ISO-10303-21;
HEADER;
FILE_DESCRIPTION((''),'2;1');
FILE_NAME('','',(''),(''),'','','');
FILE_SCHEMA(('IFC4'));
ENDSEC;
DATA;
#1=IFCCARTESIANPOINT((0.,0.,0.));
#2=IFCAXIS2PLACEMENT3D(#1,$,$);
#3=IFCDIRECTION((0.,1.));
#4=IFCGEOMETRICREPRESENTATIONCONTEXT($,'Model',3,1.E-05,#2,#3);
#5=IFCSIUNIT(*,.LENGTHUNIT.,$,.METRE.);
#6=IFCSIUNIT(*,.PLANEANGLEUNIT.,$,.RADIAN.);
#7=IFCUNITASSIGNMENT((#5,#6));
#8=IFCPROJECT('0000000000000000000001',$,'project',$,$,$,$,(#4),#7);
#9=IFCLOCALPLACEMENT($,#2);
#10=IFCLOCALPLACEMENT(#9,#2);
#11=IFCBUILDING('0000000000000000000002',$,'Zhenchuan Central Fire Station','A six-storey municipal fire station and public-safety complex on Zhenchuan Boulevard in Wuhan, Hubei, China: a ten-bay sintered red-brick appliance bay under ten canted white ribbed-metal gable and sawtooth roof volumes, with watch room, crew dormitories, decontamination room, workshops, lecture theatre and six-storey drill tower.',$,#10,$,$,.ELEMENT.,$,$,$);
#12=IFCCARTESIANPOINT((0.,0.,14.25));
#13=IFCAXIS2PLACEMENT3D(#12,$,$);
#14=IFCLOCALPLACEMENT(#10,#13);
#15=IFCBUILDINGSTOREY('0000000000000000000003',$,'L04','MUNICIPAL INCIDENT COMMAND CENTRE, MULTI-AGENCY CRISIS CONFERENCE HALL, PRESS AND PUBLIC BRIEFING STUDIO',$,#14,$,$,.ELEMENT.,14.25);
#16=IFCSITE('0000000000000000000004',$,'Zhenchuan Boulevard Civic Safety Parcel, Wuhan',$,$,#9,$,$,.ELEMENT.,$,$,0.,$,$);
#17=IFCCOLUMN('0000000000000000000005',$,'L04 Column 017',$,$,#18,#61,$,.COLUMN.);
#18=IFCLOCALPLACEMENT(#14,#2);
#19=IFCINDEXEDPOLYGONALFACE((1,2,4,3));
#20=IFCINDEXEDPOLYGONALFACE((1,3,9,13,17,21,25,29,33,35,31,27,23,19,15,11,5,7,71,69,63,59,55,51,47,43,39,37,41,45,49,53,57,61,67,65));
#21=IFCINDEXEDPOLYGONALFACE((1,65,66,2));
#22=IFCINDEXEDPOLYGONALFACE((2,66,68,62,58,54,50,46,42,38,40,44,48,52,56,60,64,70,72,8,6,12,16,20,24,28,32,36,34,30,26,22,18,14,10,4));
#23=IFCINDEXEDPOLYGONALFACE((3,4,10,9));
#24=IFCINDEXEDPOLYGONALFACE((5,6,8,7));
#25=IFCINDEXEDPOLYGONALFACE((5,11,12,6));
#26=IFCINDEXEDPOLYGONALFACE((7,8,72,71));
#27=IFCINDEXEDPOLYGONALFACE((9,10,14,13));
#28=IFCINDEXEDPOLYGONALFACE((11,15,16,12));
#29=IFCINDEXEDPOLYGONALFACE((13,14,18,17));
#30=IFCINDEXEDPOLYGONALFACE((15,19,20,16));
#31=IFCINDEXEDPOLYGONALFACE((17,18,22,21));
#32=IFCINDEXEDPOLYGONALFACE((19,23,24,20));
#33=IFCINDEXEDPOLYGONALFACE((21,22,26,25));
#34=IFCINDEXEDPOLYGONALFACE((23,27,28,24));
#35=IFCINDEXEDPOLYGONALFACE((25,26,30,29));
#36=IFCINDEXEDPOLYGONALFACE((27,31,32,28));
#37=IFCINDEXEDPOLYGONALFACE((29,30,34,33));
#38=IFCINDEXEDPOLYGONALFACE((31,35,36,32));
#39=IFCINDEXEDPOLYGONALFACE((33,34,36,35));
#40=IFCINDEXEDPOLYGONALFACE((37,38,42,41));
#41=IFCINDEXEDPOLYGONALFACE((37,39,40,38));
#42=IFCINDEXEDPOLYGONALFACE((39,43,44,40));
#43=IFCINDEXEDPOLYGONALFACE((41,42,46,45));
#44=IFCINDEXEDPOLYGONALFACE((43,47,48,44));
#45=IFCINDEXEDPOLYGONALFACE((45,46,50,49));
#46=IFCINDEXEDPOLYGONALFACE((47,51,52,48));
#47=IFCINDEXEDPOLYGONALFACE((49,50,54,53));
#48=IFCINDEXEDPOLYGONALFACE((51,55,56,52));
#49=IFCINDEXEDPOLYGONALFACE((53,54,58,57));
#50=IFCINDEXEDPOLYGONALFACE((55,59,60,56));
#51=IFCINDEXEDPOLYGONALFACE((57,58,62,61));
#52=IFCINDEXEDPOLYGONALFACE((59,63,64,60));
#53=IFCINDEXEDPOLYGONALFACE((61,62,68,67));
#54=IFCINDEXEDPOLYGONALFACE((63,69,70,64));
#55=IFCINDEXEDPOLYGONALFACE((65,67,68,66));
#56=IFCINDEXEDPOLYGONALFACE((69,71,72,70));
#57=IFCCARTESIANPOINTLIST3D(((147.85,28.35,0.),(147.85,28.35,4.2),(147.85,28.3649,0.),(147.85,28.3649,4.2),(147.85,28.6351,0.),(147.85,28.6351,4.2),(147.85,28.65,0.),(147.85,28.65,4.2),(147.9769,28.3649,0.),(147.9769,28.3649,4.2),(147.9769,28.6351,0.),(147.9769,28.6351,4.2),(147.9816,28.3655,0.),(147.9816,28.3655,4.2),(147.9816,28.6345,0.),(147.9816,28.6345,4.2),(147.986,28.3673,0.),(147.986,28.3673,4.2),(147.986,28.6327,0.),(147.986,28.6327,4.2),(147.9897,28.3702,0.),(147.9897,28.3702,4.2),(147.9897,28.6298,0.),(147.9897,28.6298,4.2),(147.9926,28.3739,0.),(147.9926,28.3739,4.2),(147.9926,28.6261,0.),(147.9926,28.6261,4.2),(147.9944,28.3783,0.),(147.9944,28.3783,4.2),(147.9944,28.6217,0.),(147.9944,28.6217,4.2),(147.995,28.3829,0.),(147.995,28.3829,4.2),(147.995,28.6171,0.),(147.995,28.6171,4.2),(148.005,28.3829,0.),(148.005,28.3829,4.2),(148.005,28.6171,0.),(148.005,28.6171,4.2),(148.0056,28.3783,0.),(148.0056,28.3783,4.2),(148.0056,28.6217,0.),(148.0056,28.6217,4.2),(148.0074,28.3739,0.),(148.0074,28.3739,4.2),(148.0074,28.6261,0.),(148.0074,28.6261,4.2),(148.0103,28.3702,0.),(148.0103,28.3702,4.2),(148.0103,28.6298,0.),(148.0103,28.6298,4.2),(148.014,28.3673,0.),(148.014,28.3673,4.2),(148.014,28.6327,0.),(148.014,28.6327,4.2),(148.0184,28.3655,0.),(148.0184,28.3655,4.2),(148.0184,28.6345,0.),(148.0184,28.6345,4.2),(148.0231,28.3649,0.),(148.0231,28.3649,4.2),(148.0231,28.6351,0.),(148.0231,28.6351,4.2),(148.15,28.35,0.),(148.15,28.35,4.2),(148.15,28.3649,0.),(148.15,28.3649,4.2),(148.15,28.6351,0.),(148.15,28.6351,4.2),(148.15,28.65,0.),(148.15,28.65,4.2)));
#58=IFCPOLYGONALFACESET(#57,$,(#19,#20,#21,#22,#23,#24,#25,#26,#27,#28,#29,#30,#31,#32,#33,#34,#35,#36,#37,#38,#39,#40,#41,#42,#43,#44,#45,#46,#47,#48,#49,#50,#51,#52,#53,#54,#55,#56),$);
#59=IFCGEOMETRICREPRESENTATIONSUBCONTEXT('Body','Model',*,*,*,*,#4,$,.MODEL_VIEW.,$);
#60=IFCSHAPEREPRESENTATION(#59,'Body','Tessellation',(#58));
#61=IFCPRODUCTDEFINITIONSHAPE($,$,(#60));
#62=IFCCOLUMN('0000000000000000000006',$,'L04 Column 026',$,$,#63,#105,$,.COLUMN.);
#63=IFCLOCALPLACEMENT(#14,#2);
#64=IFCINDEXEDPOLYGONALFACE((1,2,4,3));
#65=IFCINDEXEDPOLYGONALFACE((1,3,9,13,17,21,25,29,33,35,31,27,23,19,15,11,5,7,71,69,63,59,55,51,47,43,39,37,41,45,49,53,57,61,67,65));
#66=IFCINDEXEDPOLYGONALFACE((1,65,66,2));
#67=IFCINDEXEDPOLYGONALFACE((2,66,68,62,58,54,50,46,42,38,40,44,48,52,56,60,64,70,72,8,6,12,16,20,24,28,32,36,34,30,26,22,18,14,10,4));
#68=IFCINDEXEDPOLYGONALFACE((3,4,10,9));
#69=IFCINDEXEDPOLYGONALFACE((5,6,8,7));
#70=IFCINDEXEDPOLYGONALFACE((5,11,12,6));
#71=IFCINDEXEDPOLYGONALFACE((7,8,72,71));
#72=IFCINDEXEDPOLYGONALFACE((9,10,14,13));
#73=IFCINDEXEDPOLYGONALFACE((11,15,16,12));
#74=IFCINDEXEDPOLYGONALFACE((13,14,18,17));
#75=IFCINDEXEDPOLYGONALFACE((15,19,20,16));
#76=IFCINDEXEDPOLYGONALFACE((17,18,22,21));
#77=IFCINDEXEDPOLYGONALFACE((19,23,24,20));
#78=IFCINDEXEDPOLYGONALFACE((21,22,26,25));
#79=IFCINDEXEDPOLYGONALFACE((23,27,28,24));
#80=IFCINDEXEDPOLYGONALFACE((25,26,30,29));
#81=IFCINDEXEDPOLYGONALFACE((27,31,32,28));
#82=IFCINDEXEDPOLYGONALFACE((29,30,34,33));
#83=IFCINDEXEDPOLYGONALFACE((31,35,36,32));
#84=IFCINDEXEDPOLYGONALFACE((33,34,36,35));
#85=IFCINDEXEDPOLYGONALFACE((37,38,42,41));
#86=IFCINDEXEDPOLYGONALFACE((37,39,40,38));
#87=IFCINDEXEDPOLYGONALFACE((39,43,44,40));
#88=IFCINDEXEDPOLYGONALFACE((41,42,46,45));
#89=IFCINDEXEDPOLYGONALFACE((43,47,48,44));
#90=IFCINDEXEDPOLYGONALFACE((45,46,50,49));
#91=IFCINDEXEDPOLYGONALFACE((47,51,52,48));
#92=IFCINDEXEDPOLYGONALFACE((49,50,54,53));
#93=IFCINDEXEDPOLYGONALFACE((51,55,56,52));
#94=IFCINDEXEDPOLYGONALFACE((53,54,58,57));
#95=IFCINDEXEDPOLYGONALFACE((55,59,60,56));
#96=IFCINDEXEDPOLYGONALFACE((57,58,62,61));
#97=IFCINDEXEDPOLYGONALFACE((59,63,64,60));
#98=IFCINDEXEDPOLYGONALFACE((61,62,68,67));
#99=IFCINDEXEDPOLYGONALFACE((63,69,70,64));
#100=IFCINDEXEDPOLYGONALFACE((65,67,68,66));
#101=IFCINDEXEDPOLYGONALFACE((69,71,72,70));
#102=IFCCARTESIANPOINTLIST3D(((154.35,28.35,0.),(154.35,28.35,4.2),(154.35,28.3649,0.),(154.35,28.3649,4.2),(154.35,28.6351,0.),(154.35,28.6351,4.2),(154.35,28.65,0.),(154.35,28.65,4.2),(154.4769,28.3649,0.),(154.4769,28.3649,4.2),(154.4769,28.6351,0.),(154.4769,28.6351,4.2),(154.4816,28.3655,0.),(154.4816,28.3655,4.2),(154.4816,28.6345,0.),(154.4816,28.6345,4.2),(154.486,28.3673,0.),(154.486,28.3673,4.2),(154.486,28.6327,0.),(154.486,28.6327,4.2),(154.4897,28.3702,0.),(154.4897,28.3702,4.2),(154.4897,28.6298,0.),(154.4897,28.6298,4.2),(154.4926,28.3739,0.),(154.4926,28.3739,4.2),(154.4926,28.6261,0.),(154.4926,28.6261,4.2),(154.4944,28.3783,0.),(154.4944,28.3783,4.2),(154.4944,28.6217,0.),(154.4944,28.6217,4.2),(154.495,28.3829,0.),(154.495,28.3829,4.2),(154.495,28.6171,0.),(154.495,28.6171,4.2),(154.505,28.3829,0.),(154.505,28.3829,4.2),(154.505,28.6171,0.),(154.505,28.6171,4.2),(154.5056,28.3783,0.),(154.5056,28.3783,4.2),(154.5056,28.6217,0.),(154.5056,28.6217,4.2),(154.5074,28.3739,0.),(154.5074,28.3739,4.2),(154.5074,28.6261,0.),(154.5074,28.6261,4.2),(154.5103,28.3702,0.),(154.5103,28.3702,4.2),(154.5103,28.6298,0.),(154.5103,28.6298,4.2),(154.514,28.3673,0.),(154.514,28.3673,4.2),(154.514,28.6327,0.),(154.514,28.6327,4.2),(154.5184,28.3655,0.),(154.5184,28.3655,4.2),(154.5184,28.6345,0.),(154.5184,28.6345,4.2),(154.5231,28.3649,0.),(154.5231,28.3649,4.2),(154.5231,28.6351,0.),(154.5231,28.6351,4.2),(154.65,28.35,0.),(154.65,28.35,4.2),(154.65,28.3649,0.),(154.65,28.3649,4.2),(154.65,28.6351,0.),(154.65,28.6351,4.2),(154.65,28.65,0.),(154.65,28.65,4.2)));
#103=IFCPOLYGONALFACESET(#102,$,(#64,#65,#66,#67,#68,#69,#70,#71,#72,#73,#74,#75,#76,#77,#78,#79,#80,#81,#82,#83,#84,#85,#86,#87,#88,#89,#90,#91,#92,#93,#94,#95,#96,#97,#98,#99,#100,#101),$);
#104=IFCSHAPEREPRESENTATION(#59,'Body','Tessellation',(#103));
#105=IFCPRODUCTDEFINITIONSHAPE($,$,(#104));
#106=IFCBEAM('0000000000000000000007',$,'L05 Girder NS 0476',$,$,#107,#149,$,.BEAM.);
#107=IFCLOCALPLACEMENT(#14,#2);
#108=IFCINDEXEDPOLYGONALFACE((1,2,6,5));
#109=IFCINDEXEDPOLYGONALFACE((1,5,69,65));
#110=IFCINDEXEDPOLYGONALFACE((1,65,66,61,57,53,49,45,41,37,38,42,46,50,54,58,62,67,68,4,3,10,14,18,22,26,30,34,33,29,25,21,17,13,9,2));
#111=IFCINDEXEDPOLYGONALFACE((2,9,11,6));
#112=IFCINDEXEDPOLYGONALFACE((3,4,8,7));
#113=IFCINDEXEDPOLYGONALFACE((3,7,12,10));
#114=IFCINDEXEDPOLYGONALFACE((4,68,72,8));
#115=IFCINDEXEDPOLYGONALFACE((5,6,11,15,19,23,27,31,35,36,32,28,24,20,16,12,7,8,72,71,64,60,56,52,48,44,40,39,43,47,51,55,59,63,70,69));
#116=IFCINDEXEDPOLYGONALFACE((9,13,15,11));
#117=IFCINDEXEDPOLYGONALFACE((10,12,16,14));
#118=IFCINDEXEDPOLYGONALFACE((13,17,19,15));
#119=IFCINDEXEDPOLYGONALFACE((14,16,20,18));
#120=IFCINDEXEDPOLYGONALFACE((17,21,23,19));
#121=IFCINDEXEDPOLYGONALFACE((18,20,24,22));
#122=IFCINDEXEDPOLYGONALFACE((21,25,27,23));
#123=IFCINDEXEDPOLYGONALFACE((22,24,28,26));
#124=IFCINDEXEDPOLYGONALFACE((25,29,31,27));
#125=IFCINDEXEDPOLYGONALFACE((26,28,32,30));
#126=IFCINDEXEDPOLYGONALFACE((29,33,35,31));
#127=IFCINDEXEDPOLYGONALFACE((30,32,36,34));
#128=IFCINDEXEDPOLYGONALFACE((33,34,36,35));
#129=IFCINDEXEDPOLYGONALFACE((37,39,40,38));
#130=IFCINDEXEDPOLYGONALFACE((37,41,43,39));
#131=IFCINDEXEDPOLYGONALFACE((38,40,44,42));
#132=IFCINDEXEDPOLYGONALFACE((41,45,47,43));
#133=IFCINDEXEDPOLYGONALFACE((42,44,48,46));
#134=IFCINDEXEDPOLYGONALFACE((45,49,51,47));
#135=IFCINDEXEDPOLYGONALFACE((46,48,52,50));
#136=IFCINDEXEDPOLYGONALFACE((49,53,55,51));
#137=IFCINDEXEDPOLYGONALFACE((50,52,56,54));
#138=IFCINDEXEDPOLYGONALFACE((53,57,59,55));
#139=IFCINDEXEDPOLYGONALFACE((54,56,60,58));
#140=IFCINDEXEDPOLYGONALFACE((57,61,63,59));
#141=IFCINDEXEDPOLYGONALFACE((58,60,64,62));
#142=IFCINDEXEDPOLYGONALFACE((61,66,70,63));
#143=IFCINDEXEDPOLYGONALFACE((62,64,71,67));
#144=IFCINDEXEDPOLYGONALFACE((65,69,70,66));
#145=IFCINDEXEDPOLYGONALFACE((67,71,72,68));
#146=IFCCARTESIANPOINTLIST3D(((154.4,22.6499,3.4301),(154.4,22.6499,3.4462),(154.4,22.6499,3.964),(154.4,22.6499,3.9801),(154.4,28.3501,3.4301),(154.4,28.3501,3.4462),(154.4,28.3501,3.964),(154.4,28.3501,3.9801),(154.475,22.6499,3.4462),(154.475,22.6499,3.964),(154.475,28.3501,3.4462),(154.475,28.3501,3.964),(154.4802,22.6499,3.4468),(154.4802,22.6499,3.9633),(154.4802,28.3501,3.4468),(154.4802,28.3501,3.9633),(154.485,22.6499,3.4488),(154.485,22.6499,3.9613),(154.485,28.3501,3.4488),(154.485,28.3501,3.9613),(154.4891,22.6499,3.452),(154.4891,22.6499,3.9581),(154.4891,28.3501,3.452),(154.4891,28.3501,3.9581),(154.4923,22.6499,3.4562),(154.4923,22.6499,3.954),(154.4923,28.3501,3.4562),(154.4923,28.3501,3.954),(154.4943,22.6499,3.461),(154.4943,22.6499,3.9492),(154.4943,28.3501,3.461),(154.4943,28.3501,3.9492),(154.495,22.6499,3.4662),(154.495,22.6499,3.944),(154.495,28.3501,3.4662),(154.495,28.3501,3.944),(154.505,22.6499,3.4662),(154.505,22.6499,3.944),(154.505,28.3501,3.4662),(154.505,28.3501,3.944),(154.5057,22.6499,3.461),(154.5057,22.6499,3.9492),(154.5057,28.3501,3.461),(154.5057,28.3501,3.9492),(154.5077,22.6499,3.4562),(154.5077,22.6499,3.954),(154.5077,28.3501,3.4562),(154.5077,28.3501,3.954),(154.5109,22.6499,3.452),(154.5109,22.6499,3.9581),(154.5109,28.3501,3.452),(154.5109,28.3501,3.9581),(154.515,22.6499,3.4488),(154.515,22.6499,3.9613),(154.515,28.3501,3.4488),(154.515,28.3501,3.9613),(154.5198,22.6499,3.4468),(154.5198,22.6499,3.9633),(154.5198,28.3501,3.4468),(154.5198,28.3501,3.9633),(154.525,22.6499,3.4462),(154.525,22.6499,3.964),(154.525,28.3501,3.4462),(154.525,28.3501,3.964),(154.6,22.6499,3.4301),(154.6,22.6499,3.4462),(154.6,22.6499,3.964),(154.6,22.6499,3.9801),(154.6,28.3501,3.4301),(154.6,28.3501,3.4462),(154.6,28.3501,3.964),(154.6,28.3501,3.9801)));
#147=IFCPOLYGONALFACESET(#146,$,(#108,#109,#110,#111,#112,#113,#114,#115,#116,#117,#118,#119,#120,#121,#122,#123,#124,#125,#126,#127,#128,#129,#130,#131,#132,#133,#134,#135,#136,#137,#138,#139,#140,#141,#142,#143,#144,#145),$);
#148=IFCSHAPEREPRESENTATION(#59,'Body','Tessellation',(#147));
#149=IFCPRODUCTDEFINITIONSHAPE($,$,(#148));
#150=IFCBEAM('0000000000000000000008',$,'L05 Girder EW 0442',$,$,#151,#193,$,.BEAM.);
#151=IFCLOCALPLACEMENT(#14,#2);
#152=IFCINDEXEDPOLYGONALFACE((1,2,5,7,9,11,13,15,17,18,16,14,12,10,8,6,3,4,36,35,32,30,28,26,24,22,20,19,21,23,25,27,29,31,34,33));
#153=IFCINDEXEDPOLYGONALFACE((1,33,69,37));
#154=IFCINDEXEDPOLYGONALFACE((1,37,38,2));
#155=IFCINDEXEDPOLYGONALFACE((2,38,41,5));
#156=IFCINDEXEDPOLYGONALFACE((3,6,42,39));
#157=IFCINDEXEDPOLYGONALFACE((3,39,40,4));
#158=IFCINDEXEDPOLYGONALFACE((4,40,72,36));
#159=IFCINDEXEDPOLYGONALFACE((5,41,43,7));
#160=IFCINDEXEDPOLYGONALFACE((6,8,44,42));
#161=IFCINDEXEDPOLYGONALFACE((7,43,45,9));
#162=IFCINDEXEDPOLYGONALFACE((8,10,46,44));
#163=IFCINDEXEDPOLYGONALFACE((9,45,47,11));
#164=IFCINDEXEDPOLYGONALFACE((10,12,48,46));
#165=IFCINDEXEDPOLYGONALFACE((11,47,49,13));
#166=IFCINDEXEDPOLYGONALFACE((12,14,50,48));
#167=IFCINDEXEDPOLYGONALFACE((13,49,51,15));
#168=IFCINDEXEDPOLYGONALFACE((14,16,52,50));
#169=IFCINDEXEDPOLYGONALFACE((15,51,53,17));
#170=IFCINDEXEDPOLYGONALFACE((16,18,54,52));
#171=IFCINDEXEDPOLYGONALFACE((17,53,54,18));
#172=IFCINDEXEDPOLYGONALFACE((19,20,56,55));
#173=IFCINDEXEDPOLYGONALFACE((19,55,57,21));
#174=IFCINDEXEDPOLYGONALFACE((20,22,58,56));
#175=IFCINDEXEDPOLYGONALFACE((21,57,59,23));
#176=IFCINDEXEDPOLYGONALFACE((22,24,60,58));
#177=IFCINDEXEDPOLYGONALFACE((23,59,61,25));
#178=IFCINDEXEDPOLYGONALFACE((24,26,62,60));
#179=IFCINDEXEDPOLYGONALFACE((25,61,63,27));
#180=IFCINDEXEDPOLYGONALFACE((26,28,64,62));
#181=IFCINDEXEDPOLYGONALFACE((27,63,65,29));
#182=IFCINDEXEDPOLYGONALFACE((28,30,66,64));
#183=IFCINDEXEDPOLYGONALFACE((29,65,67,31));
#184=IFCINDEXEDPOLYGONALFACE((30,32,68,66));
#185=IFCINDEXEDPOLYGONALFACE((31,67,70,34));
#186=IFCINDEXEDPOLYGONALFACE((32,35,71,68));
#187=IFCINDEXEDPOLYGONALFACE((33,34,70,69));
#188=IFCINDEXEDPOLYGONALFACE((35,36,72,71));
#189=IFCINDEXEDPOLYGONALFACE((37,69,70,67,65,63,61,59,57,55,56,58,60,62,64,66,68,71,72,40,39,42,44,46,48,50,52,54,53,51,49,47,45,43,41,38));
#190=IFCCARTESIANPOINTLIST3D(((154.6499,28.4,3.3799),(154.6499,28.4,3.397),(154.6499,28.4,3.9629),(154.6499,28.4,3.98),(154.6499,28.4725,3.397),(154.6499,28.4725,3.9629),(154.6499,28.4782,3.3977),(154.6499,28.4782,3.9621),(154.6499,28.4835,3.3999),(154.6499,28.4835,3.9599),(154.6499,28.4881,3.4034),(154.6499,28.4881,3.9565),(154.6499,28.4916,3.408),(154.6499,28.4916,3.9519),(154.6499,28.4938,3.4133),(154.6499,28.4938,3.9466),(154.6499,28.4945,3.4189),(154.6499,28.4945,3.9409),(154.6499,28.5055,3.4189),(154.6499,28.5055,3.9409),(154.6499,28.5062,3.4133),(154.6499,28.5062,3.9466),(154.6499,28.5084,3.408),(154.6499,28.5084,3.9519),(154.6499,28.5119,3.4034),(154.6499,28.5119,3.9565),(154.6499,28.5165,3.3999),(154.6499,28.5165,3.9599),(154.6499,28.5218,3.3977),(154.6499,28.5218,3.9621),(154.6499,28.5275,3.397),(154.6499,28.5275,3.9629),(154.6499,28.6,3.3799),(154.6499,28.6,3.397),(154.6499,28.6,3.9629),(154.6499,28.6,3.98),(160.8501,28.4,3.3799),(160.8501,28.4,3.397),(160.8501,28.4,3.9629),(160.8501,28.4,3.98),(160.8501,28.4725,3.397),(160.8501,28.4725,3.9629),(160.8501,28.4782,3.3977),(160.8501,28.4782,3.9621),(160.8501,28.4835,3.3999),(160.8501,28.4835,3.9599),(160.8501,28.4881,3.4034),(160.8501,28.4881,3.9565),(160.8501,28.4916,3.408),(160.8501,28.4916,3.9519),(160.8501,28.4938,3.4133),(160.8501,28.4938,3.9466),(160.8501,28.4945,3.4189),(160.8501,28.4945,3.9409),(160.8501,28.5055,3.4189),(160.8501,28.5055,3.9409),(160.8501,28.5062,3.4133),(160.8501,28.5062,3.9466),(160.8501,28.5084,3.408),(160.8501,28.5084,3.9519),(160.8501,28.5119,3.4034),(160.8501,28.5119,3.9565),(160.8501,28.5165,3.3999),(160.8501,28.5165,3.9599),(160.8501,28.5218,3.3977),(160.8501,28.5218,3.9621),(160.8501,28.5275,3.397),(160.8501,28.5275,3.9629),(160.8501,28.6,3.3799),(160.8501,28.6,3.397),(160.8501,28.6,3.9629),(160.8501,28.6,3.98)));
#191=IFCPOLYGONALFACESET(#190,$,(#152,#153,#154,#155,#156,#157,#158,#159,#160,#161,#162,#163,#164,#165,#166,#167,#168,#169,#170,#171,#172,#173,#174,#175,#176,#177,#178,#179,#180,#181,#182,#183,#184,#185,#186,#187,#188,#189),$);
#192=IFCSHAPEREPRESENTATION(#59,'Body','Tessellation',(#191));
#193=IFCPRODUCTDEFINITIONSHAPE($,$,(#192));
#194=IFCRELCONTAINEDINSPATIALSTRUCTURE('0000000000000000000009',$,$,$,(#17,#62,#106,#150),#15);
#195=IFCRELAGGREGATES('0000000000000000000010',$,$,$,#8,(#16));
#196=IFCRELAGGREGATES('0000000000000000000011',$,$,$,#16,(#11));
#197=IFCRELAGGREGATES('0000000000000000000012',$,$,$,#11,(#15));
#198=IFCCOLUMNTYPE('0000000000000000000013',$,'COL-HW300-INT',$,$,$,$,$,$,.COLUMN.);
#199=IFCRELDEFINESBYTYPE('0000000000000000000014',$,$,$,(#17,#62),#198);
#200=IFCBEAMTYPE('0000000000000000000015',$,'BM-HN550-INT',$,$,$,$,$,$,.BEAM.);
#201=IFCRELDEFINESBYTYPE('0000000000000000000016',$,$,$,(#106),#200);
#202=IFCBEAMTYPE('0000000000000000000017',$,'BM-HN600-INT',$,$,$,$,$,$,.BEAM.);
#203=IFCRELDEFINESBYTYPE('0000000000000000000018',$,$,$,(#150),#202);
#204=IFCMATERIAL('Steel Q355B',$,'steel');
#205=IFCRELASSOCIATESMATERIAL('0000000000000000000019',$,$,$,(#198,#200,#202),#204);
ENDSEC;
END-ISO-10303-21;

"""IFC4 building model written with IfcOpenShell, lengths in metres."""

from ifc_helpers import new_model, si_unit, direction, frame, origin, origin_2d, place, context, subcontext, project, spatial, i_section, extrude, material, material_profile, profile_set, type_object, element, save


model = new_model("IFC4")

# Units and contexts
model_context = context("Model", 3, precision=1e-05, world=origin(), true_north=direction((0.0, 1.0)))
body_context = subcontext(model_context, "Body", "Model", "MODEL_VIEW")
ifc_project = project(units=[si_unit("LENGTHUNIT", "METRE"), si_unit("PLANEANGLEUNIT", "RADIAN")], contexts=[model_context])

# Site, building, storey
site_placement = place(None, origin())
site = spatial("IfcSite", under=ifc_project, at=site_placement, Name="Zhenchuan Boulevard Civic Safety Parcel, Wuhan", CompositionType="ELEMENT", RefElevation=0.0)
building_placement = place(site_placement, origin())
building = spatial("IfcBuilding", under=site, at=building_placement, Name="Zhenchuan Central Fire Station", Description="A six-storey municipal fire station and public-safety complex on Zhenchuan Boulevard in Wuhan, Hubei, China: a ten-bay sintered red-brick appliance bay under ten canted white ribbed-metal gable and sawtooth roof volumes, with watch room, crew dormitories, decontamination room, workshops, lecture theatre and six-storey drill tower.", CompositionType="ELEMENT")
storey_placement = place(building_placement, frame((0.0, 0.0, 14.25)))
storey = spatial("IfcBuildingStorey", under=building, at=storey_placement, Name="L04", Description="MUNICIPAL INCIDENT COMMAND CENTRE, MULTI-AGENCY CRISIS CONFERENCE HALL, PRESS AND PUBLIC BRIEFING STUDIO", CompositionType="ELEMENT", Elevation=14.25)

# Columns
ifc_material_1 = material(Name="Steel Q355B", Category="steel")
ifc_material_profile_1 = material_profile(ifc_material_1, i_section(OverallWidth=0.3, OverallDepth=0.3, WebThickness=0.01, FlangeThickness=0.0149, FilletRadius=0.0181, at=origin_2d()), Name="HW 300x300")
ifc_profile_set_1 = profile_set([ifc_material_profile_1], Name="Steel Q355B")
column_type = type_object("IfcColumnType", Name="COL-HW300-INT", PredefinedType="COLUMN", material=ifc_profile_set_1)
for number, where, z_axis, x_axis, name in (
    (1, (148.0, 28.5, 0.0), (0.0, 0.0, 1.0), (1.0, 0.0, 0.0), "L04 Column 017"),
    (2, (154.5, 28.5, 0.0), (0.0, 0.0, 1.0), (1.0, 0.0, 0.0), "L04 Column 026"),
):
    element("IfcColumn", number, at=place(storey_placement, frame(where, z_axis=z_axis, x_axis=x_axis)), inside=storey, type_object=column_type, Name=name, PredefinedType="COLUMN", context=body_context, shape_type="SweptSolid", body=[
        extrude(i_section(OverallWidth=0.3, OverallDepth=0.3, WebThickness=0.01, FlangeThickness=0.0149, FilletRadius=0.0181, at=origin_2d()), origin(), (0.0, 0.0, 1.0), 4.2),
    ])

# Beams
ifc_material_profile_2 = material_profile(ifc_material_1, i_section(OverallWidth=0.2, OverallDepth=0.55, WebThickness=0.01, FlangeThickness=0.0161, FilletRadius=0.02, at=origin_2d()), Name="HN 550x200")
ifc_profile_set_2 = profile_set([ifc_material_profile_2], Name="Steel Q355B")
beam_type_1 = type_object("IfcBeamType", Name="BM-HN550-INT", PredefinedType="BEAM", material=ifc_profile_set_2)
beam_1_placement = place(storey_placement, frame((154.5, 22.6499, 3.7051), z_axis=(0.0, 1.0, 0.0), x_axis=(-1.0, 0.0, 0.0)))
element("IfcBeam", 3, at=beam_1_placement, inside=storey, type_object=beam_type_1, Name="L05 Girder NS 0476", PredefinedType="BEAM", context=body_context, shape_type="SweptSolid", body=[
    extrude(i_section(OverallWidth=0.2, OverallDepth=0.55, WebThickness=0.01, FlangeThickness=0.0161, FilletRadius=0.02, at=origin_2d()), origin(), (0.0, 0.0, 1.0), 5.7002),
])
ifc_material_profile_3 = material_profile(ifc_material_1, i_section(OverallWidth=0.2, OverallDepth=0.6001, WebThickness=0.011, FlangeThickness=0.0171, FilletRadius=0.022, at=origin_2d()), Name="HN 600x200")
ifc_profile_set_3 = profile_set([ifc_material_profile_3], Name="Steel Q355B")
beam_type_2 = type_object("IfcBeamType", Name="BM-HN600-INT", PredefinedType="BEAM", material=ifc_profile_set_3)
beam_2_placement = place(storey_placement, frame((154.6499, 28.5, 3.6799), z_axis=(1.0, 0.0, 0.0), x_axis=(0.0, 1.0, 0.0)))
element("IfcBeam", 4, at=beam_2_placement, inside=storey, type_object=beam_type_2, Name="L05 Girder EW 0442", PredefinedType="BEAM", context=body_context, shape_type="SweptSolid", body=[
    extrude(i_section(OverallWidth=0.2, OverallDepth=0.6001, WebThickness=0.011, FlangeThickness=0.0171, FilletRadius=0.022, at=origin_2d()), origin(), (0.0, 0.0, 1.0), 6.2002),
])

save(model, "model.ifc")
